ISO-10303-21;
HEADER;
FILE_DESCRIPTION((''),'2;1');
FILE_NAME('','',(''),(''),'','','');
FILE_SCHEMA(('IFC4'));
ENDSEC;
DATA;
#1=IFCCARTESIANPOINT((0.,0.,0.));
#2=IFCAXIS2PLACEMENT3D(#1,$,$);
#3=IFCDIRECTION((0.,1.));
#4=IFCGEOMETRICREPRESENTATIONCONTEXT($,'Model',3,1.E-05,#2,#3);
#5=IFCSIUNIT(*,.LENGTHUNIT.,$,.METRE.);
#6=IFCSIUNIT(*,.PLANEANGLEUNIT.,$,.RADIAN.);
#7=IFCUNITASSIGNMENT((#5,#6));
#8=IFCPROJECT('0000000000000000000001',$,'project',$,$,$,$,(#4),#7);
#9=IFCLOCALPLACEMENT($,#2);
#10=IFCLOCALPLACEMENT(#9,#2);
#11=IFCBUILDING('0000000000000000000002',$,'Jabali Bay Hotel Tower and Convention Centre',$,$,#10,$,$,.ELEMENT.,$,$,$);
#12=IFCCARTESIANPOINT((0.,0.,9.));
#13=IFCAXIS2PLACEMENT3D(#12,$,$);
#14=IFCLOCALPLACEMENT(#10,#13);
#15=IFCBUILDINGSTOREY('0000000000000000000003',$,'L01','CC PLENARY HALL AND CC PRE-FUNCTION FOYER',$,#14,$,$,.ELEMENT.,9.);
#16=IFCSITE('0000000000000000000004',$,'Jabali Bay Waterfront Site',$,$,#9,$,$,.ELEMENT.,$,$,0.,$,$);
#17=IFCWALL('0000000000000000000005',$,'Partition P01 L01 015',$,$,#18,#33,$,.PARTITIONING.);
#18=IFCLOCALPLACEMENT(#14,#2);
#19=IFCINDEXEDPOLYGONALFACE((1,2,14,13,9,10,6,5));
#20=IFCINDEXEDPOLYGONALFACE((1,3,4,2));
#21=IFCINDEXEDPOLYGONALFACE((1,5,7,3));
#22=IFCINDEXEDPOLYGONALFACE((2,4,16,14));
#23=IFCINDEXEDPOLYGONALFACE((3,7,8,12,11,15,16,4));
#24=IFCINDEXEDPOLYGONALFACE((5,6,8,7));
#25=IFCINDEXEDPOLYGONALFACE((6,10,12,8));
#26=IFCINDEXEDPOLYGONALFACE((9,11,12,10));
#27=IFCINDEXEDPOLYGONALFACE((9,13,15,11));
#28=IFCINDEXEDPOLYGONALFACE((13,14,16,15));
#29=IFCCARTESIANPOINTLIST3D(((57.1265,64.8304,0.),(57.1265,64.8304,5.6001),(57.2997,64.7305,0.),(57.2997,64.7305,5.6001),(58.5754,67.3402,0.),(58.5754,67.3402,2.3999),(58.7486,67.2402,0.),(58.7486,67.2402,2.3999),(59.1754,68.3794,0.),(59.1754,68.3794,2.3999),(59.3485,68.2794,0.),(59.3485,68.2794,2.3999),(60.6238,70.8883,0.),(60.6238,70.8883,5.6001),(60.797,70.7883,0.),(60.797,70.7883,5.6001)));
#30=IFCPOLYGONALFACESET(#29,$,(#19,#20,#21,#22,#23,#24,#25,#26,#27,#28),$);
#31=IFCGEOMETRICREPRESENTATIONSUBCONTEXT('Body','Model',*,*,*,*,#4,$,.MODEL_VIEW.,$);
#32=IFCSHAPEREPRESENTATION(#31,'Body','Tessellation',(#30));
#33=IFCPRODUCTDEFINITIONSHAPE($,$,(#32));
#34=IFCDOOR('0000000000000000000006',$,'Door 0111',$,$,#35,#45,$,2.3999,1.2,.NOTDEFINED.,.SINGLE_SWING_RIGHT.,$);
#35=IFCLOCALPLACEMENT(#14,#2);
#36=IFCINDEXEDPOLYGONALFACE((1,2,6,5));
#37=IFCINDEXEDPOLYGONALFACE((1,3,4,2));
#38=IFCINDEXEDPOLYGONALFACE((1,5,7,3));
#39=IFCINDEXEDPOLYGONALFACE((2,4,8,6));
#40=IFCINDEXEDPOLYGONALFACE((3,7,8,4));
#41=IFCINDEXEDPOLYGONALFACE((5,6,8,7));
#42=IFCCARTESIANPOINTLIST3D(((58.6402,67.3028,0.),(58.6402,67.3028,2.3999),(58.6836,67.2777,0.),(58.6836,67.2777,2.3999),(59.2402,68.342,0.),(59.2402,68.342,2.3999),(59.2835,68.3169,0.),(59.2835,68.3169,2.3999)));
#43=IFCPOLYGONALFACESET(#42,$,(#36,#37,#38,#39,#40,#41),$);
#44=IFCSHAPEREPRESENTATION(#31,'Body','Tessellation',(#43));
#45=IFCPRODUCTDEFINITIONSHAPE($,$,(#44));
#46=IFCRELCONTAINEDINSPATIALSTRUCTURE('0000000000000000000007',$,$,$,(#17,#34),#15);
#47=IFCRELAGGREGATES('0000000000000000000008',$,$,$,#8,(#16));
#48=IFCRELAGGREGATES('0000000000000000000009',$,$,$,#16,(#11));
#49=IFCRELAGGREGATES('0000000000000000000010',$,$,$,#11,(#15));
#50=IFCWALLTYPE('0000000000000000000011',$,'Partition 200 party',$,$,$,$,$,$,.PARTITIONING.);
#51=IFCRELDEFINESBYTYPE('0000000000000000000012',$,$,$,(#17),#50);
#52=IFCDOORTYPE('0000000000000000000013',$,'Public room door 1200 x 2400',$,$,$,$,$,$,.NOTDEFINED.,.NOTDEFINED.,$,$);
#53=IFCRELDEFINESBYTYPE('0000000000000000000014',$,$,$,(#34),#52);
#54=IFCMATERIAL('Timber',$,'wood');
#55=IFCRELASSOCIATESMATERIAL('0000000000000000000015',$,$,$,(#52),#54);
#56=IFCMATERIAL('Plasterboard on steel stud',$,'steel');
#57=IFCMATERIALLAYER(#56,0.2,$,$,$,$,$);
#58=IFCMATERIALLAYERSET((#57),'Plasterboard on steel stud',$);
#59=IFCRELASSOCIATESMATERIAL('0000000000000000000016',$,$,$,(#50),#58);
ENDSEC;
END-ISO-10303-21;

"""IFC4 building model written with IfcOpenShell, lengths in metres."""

from ifc_helpers import new_model, si_unit, direction, frame, frame_2d, origin, place, context, subcontext, project, spatial, rectangle, extrude, material, layer, layer_set, type_object, element, fill, save


model = new_model("IFC4")

# Units and contexts
model_context = context("Model", 3, precision=1e-05, world=origin(), true_north=direction((0.0, 1.0)))
body_context = subcontext(model_context, "Body", "Model", "MODEL_VIEW")
ifc_project = project(units=[si_unit("LENGTHUNIT", "METRE"), si_unit("PLANEANGLEUNIT", "RADIAN")], contexts=[model_context])

# Site, building, storey
site_placement = place(None, origin())
site = spatial("IfcSite", under=ifc_project, at=site_placement, Name="Jabali Bay Waterfront Site", CompositionType="ELEMENT", RefElevation=0.0)
building_placement = place(site_placement, origin())
building = spatial("IfcBuilding", under=site, at=building_placement, Name="Jabali Bay Hotel Tower and Convention Centre", CompositionType="ELEMENT")
storey_placement = place(building_placement, frame((0.0, 0.0, 9.0)))
storey = spatial("IfcBuildingStorey", under=building, at=storey_placement, Name="L01", Description="CC PLENARY HALL AND CC PRE-FUNCTION FOYER", CompositionType="ELEMENT", Elevation=9.0)

# Shared definitions
ifc_material_1 = material(Name="Timber", Category="wood")
door_type_1 = type_object("IfcDoorType", Name="Public room door 1200 x 2400", OperationType="NOTDEFINED", PredefinedType="NOTDEFINED", material=ifc_material_1)

# Wall, opening, door
ifc_material_2 = material(Name="Plasterboard on steel stud", Category="steel")
ifc_layer_1 = layer(ifc_material_2, 0.2)
ifc_layer_set_1 = layer_set([ifc_layer_1], Name="Plasterboard on steel stud")
wall_type_1 = type_object("IfcWallType", Name="Partition 200 party", PredefinedType="PARTITIONING", material=ifc_layer_set_1)
wall_1_placement = place(storey_placement, frame((60.7104, 70.8384, 0.0), z_axis=(0.0, 0.0, 1.0), x_axis=(-0.499979, -0.866037, 0.0)))
wall_1 = element("IfcWall", 1, at=wall_1_placement, inside=storey, type_object=wall_type_1, Name="Partition P01 L01 015", PredefinedType="PARTITIONING", context=body_context, shape_type="SweptSolid", body=[
    extrude(rectangle(XDim=6.9949, YDim=0.2, at=frame_2d((3.4976, 0.0))), origin(), (0.0, 0.0, 1.0), 5.6001),
])
opening_1_placement = place(wall_1_placement, frame((2.897, 0.0, 0.0)))
opening_1 = element("IfcOpeningElement", 2, at=opening_1_placement, cuts=wall_1, PredefinedType="OPENING", context=body_context, shape_type="SweptSolid", body=[
    extrude(rectangle(XDim=1.2, YDim=2.3999, at=frame_2d((0.6001, 1.2))), frame((0.0, 0.1104, 0.0), z_axis=(0.0, -1.0, 0.0), x_axis=(1.0, 0.0, 0.0)), (0.0, 0.0, 1.0), 0.2209),
])
door_1_placement = place(opening_1_placement, origin())
door_1 = element("IfcDoor", 3, at=door_1_placement, inside=storey, type_object=door_type_1, Name="Door 0111", OperationType="SINGLE_SWING_RIGHT", OverallHeight=2.3999, OverallWidth=1.2, PredefinedType="NOTDEFINED", context=body_context, shape_type="SweptSolid", body=[
    extrude(rectangle(XDim=1.2, YDim=2.3999, at=frame_2d((0.6001, 1.2))), frame((0.0, 0.0249, 0.0), z_axis=(0.0, -1.0, 0.0), x_axis=(1.0, 0.0, 0.0)), (0.0, 0.0, 1.0), 0.05),
])
fill(opening_1, door_1)

save(model, "model.ifc")
